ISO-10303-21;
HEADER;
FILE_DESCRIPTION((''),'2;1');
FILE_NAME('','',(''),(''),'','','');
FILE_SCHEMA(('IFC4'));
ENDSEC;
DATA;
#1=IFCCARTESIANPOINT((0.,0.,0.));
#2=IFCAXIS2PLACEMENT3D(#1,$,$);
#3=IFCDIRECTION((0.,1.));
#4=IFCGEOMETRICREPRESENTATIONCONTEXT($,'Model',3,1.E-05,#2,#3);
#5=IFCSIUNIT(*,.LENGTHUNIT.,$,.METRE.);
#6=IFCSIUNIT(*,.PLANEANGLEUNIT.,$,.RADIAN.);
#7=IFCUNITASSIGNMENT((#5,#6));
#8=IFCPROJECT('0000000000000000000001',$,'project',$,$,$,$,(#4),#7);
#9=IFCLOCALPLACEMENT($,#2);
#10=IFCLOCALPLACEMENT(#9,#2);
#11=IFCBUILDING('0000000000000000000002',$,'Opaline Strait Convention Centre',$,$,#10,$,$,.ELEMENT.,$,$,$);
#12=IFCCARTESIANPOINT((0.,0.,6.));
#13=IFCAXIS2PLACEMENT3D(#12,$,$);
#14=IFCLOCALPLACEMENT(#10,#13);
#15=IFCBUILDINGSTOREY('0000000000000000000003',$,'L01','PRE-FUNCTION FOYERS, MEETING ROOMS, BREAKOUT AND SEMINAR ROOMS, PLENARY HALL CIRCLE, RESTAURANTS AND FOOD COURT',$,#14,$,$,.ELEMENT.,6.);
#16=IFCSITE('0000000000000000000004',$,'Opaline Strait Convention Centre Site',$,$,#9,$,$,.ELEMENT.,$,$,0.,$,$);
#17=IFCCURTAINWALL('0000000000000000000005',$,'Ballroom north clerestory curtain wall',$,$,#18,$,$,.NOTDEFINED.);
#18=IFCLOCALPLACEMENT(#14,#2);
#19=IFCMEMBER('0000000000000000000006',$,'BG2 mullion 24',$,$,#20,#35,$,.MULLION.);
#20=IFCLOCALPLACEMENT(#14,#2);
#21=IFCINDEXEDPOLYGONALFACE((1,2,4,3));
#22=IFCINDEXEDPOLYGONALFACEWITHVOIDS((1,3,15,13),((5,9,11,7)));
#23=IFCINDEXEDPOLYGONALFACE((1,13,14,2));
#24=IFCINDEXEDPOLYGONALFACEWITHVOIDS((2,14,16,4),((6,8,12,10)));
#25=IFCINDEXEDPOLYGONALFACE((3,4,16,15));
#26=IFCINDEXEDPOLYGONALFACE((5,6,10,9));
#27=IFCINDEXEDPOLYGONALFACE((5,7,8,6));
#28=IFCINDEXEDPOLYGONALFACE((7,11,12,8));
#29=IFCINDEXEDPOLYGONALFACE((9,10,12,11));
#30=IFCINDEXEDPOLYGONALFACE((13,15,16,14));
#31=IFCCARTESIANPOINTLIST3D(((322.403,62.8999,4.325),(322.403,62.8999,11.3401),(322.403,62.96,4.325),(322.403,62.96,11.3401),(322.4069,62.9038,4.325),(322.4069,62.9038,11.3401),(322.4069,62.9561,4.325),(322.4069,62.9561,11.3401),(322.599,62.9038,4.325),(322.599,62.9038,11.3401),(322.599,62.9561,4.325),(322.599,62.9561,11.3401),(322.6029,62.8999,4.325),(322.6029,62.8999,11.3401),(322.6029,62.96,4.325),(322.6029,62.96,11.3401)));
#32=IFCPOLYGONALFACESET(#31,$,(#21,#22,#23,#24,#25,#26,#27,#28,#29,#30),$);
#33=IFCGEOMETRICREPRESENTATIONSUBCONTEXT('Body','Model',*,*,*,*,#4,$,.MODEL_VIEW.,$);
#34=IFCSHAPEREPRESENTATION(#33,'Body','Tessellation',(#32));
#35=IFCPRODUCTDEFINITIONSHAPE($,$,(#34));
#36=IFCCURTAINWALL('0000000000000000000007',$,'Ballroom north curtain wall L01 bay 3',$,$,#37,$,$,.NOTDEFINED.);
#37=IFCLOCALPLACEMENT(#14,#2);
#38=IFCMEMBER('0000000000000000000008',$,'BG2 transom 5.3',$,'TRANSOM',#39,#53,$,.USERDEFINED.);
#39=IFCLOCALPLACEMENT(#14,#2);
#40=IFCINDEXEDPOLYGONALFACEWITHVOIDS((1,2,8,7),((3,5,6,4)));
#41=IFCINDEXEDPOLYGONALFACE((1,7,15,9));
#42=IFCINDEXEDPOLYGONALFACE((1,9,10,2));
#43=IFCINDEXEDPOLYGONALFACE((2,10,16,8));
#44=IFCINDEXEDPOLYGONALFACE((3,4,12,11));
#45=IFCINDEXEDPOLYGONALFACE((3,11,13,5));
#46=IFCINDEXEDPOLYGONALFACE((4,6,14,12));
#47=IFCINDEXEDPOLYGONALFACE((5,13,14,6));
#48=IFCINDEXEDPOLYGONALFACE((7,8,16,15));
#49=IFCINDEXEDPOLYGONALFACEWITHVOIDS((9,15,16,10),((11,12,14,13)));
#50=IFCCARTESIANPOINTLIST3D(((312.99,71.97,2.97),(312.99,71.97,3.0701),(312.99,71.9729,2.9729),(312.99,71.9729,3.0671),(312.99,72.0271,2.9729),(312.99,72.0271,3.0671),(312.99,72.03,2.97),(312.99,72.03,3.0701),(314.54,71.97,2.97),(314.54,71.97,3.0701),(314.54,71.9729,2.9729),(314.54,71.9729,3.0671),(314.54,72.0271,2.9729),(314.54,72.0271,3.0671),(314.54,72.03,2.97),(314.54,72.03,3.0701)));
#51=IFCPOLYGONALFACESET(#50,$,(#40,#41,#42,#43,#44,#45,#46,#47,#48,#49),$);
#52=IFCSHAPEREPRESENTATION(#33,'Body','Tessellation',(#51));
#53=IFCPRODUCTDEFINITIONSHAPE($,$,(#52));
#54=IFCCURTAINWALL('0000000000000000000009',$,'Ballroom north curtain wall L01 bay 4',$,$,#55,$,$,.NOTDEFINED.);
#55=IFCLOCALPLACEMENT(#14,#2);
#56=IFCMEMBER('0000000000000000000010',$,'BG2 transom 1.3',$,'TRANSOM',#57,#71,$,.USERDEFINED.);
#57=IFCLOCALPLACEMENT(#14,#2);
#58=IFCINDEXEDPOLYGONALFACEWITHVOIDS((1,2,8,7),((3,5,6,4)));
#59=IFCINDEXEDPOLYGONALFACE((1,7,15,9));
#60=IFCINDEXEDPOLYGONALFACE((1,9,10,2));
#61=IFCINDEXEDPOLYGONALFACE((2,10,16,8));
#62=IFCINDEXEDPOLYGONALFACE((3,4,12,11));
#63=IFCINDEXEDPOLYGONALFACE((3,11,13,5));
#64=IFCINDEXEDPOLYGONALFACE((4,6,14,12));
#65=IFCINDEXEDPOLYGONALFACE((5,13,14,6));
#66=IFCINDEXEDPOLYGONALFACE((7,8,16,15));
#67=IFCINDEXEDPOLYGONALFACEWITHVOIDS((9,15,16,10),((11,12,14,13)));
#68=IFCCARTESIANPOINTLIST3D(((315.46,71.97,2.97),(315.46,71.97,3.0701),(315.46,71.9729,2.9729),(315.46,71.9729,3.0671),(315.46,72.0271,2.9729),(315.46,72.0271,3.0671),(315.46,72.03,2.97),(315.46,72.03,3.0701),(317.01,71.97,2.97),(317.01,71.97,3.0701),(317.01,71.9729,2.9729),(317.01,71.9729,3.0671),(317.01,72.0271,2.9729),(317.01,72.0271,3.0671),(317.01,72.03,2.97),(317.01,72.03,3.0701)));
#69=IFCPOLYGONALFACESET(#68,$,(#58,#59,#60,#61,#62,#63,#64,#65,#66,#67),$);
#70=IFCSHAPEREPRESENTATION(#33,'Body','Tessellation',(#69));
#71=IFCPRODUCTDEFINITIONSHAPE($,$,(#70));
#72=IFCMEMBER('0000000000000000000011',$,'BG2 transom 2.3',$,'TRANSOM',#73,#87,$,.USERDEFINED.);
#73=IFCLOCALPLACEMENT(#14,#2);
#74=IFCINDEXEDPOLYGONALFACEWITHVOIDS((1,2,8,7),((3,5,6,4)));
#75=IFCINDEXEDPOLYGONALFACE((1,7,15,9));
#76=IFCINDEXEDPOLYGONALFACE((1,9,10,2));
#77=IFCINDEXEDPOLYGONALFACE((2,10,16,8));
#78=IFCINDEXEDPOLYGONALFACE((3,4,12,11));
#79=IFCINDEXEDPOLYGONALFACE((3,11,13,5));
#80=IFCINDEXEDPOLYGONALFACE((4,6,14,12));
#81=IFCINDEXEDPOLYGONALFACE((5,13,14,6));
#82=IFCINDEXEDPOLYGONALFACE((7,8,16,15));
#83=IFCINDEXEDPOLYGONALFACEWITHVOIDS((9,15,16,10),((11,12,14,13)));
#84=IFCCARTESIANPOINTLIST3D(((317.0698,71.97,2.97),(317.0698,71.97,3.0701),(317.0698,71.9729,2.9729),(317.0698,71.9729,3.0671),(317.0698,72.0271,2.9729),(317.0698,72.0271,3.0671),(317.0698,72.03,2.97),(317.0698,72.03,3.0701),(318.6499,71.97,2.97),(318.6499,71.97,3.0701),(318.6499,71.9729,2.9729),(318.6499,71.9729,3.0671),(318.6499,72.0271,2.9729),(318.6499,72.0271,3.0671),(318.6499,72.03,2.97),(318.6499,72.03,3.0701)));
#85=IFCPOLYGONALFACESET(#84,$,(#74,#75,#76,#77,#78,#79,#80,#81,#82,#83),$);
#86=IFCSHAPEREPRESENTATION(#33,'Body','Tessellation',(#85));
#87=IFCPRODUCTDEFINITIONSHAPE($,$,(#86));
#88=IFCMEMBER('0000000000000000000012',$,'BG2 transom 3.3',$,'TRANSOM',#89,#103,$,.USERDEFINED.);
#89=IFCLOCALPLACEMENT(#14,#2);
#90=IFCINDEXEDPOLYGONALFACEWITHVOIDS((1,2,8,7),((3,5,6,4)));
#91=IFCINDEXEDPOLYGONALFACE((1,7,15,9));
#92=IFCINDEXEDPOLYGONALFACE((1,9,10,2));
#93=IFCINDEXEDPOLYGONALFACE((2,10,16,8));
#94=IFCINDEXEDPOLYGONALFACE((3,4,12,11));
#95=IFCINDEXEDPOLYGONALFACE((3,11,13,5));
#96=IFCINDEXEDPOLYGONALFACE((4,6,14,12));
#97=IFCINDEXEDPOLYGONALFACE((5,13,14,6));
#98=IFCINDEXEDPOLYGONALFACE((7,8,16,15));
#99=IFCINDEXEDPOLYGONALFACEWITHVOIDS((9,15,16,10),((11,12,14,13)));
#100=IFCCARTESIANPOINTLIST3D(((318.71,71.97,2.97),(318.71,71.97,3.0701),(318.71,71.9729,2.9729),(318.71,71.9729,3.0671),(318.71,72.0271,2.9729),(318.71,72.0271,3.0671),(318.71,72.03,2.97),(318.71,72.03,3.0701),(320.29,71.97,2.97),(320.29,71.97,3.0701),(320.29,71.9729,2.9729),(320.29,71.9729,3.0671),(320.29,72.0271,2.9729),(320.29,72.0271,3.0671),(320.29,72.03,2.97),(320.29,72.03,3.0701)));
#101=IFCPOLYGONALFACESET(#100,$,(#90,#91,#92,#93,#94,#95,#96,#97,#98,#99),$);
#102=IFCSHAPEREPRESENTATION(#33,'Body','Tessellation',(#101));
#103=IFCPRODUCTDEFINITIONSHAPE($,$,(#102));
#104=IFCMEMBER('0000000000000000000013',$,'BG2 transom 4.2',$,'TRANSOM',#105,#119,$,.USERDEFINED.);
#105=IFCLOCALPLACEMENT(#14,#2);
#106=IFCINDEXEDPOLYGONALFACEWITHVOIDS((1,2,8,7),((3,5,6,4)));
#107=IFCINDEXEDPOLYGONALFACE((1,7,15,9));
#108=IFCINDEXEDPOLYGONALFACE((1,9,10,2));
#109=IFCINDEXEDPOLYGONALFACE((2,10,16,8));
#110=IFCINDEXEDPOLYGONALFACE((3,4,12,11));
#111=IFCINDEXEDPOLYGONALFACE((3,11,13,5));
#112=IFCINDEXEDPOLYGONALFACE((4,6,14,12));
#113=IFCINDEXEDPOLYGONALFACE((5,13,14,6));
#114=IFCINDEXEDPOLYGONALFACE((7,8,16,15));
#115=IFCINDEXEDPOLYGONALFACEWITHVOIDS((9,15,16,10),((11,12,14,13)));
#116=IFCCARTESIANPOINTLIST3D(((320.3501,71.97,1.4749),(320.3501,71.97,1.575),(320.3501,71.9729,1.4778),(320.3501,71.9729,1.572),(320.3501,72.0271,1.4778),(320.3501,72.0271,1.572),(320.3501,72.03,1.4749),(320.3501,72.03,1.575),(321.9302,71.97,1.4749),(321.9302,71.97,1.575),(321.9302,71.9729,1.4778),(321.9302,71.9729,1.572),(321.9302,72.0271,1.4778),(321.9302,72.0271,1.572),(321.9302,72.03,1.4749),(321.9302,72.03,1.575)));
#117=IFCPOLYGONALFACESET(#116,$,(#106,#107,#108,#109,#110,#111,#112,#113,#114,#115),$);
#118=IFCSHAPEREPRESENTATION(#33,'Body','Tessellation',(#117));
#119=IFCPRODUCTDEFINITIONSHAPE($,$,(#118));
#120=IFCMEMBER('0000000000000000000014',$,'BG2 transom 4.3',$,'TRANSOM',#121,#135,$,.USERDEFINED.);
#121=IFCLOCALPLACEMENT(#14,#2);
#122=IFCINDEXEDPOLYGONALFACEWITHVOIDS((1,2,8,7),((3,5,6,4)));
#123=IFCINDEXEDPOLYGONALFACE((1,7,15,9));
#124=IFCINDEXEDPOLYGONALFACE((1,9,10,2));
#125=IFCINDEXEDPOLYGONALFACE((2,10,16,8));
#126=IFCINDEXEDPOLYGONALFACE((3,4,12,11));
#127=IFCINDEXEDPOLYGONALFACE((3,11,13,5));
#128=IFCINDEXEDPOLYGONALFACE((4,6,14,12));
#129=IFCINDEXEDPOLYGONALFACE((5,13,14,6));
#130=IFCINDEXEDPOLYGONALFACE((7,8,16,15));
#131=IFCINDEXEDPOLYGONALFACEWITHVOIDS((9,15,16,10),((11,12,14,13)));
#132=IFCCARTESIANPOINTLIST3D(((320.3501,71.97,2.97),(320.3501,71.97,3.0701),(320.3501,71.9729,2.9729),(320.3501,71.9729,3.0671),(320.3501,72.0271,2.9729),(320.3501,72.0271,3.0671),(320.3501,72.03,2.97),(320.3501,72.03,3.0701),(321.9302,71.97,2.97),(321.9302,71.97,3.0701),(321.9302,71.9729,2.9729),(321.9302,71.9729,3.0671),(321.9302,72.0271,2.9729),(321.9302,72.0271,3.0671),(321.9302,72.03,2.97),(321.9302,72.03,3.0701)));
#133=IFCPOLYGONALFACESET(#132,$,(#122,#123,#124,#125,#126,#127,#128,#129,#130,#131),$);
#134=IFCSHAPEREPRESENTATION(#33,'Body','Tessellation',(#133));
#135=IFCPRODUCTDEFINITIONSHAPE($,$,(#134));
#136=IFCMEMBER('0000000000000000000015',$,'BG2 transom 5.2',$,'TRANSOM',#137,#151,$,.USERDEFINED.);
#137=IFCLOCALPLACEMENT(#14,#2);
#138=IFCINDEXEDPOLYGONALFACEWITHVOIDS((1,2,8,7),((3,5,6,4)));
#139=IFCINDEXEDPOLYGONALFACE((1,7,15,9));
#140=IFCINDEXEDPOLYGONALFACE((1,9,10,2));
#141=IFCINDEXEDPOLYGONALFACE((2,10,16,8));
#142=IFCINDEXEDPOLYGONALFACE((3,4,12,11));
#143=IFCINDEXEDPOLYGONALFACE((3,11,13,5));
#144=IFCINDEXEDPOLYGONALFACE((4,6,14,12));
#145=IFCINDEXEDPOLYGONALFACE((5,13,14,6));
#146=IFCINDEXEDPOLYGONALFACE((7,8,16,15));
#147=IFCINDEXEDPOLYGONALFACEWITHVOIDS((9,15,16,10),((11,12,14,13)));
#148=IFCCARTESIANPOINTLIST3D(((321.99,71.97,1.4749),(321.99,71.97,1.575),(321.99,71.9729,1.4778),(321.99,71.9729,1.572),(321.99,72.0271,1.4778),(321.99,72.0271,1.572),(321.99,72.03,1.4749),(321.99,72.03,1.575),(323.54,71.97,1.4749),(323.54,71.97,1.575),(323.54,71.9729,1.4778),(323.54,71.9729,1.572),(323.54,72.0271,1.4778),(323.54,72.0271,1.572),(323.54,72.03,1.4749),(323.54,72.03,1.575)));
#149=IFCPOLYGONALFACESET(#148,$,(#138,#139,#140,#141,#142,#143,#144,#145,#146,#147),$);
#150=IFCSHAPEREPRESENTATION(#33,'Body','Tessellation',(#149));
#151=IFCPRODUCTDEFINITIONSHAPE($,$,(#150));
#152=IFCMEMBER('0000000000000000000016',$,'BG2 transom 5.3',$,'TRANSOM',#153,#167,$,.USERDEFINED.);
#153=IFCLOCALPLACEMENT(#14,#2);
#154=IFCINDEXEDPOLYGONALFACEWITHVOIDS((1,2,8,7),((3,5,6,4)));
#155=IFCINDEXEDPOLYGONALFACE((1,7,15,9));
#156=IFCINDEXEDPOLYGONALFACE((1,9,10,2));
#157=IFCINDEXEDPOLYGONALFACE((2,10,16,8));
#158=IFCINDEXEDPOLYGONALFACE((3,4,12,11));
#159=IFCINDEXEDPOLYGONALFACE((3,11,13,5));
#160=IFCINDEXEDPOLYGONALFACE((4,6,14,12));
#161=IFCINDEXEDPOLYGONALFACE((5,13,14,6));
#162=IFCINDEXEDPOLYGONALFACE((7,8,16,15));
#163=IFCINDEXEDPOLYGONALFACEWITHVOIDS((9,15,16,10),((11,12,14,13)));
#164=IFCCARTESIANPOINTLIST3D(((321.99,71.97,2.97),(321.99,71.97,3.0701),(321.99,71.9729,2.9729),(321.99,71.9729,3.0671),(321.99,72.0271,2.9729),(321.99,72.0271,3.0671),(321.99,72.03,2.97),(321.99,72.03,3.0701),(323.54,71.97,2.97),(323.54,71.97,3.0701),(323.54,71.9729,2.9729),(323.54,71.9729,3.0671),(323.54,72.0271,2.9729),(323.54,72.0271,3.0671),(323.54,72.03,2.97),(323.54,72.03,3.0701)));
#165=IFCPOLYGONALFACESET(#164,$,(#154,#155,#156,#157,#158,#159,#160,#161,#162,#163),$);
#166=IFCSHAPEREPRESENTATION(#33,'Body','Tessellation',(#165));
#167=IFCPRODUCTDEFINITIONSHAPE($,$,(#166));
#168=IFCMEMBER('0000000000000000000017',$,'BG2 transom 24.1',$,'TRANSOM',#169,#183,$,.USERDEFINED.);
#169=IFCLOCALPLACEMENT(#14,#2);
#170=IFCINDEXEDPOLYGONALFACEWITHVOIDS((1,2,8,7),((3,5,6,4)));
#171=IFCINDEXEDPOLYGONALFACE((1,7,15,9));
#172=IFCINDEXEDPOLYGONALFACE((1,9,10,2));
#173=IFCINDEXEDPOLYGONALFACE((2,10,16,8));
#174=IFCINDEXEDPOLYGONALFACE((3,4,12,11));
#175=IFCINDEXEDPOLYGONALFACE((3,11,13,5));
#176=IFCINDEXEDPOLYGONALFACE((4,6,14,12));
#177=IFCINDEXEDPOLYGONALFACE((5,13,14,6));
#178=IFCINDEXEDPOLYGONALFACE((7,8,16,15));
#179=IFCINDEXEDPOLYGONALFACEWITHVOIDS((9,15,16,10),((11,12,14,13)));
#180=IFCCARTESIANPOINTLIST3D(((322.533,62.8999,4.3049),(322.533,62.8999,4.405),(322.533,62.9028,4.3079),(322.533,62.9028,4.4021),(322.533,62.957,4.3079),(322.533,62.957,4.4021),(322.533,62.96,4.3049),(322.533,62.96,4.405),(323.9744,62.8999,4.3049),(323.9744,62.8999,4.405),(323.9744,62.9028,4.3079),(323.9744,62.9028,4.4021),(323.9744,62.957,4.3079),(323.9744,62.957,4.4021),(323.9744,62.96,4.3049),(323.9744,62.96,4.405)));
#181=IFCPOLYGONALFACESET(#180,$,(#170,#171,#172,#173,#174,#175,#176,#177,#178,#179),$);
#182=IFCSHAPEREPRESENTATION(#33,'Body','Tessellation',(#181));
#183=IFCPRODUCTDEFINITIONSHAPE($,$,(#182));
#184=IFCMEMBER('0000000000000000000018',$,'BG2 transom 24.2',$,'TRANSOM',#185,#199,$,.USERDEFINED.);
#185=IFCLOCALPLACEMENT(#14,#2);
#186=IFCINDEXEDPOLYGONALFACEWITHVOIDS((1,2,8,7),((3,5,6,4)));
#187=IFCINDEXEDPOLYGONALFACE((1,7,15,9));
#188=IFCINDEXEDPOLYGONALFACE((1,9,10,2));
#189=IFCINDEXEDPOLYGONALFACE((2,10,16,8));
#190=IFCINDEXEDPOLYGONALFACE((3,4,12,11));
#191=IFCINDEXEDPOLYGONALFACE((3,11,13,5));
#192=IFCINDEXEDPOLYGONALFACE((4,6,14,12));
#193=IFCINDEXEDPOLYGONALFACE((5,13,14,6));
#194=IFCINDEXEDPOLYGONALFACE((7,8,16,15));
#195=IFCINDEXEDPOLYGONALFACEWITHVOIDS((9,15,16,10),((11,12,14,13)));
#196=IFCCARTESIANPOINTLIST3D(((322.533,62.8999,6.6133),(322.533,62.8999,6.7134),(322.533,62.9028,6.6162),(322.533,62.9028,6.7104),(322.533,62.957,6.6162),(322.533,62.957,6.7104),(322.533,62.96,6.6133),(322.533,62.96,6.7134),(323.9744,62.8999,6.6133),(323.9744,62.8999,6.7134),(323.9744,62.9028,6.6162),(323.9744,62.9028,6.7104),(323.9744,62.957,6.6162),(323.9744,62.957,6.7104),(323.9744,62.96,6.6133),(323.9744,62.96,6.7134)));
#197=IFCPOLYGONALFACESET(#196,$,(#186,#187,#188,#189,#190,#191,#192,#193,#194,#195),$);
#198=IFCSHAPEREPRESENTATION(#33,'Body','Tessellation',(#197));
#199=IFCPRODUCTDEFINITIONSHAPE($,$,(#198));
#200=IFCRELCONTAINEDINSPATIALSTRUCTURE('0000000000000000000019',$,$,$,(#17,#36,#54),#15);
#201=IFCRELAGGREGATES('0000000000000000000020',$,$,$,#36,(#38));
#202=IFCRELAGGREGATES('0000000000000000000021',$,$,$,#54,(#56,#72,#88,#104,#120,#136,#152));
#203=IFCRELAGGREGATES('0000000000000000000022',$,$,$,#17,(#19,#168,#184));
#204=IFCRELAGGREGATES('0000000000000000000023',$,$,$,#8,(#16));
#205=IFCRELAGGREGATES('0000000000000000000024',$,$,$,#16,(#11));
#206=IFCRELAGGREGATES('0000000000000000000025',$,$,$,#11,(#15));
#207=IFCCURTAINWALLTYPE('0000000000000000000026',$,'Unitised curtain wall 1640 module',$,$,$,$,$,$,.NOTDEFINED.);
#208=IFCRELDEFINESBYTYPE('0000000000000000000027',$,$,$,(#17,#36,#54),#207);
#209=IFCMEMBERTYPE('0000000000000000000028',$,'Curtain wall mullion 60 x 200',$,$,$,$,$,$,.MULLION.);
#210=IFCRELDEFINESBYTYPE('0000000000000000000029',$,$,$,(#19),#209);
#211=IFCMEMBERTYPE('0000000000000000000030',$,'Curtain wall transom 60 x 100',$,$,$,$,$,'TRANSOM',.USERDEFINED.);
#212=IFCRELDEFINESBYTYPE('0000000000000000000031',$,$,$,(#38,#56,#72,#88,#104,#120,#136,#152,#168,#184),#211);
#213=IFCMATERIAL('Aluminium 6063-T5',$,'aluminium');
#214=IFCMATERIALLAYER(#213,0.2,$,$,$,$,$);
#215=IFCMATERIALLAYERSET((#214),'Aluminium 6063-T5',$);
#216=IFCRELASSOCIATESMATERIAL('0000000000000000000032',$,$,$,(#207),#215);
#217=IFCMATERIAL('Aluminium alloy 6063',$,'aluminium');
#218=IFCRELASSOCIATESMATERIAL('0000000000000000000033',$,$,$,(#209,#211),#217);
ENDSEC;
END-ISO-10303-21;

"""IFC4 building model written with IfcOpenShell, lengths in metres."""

from ifc_helpers import new_model, si_unit, direction, frame, origin, origin_2d, place, context, subcontext, project, spatial, hollow_rectangle, extrude, material, layer, layer_set, material_profile, profile_set, type_object, element, aggregate, save


model = new_model("IFC4")

# Units and contexts
model_context = context("Model", 3, precision=1e-05, world=origin(), true_north=direction((0.0, 1.0)))
body_context = subcontext(model_context, "Body", "Model", "MODEL_VIEW")
ifc_project = project(units=[si_unit("LENGTHUNIT", "METRE"), si_unit("PLANEANGLEUNIT", "RADIAN")], contexts=[model_context])

# Site, building, storey
site_placement = place(None, origin())
site = spatial("IfcSite", under=ifc_project, at=site_placement, Name="Opaline Strait Convention Centre Site", CompositionType="ELEMENT", RefElevation=0.0)
building_placement = place(site_placement, origin())
building = spatial("IfcBuilding", under=site, at=building_placement, Name="Opaline Strait Convention Centre", CompositionType="ELEMENT")
storey_placement = place(building_placement, frame((0.0, 0.0, 6.0)))
storey = spatial("IfcBuildingStorey", under=building, at=storey_placement, Name="L01", Description="PRE-FUNCTION FOYERS, MEETING ROOMS, BREAKOUT AND SEMINAR ROOMS, PLENARY HALL CIRCLE, RESTAURANTS AND FOOD COURT", CompositionType="ELEMENT", Elevation=6.0)

# Curtain walls, members
ifc_material_1 = material(Name="Aluminium 6063-T5", Category="aluminium")
ifc_layer_1 = layer(ifc_material_1, 0.2)
ifc_layer_set_1 = layer_set([ifc_layer_1], Name="Aluminium 6063-T5")
curtain_wall_type = type_object("IfcCurtainWallType", Name="Unitised curtain wall 1640 module", PredefinedType="NOTDEFINED", material=ifc_layer_set_1)
curtain_wall_1_placement = place(storey_placement, origin())
curtain_wall_1 = element("IfcCurtainWall", 1, at=curtain_wall_1_placement, inside=storey, type_object=curtain_wall_type, Name="Ballroom north clerestory curtain wall", PredefinedType="NOTDEFINED")
ifc_material_2 = material(Name="Aluminium alloy 6063", Category="aluminium")
ifc_material_profile_1 = material_profile(ifc_material_2, hollow_rectangle(XDim=0.0601, YDim=0.2, WallThickness=0.0039, at=origin_2d()), Name="MULLION 60x200x4")
ifc_profile_set_1 = profile_set([ifc_material_profile_1], Name="Aluminium alloy 6063")
member_type_1 = type_object("IfcMemberType", Name="Curtain wall mullion 60 x 200", PredefinedType="MULLION", material=ifc_profile_set_1)
member_1_placement = place(storey_placement, frame((322.5029, 62.9299, 4.325), z_axis=(0.0, 0.0, 1.0), x_axis=(0.0, 1.0, 0.0)))
member_1 = element("IfcMember", 2, at=member_1_placement, type_object=member_type_1, Name="BG2 mullion 24", PredefinedType="MULLION", context=body_context, shape_type="SweptSolid", body=[
    extrude(hollow_rectangle(XDim=0.0601, YDim=0.2, WallThickness=0.0039, at=origin_2d()), origin(), (0.0, 0.0, 1.0), 7.0151),
])
curtain_wall_2_placement = place(storey_placement, origin())
curtain_wall_2 = element("IfcCurtainWall", 3, at=curtain_wall_2_placement, inside=storey, type_object=curtain_wall_type, Name="Ballroom north curtain wall L01 bay 3", PredefinedType="NOTDEFINED")
ifc_material_profile_2 = material_profile(ifc_material_2, hollow_rectangle(XDim=0.0601, YDim=0.1001, WallThickness=0.0029, at=origin_2d()), Name="TRANSOM 60x100x3")
ifc_profile_set_2 = profile_set([ifc_material_profile_2], Name="Aluminium alloy 6063")
member_type_2 = type_object("IfcMemberType", Name="Curtain wall transom 60 x 100", ElementType="TRANSOM", PredefinedType="USERDEFINED", material=ifc_profile_set_2)
member_2_placement = place(storey_placement, frame((312.99, 72.0, 3.02), z_axis=(1.0, 0.0, 0.0), x_axis=(0.0, 1.0, 0.0)))
member_2 = element("IfcMember", 4, at=member_2_placement, type_object=member_type_2, Name="BG2 transom 5.3", ObjectType="TRANSOM", PredefinedType="USERDEFINED", context=body_context, shape_type="SweptSolid", body=[
    extrude(hollow_rectangle(XDim=0.0601, YDim=0.1001, WallThickness=0.0029, at=origin_2d()), origin(), (0.0, 0.0, 1.0), 1.55),
])

# Curtain wall, members
curtain_wall_3_placement = place(storey_placement, origin())
curtain_wall_3 = element("IfcCurtainWall", 5, at=curtain_wall_3_placement, inside=storey, type_object=curtain_wall_type, Name="Ballroom north curtain wall L01 bay 4", PredefinedType="NOTDEFINED")
member_3_placement = place(storey_placement, frame((315.46, 72.0, 3.02), z_axis=(1.0, 0.0, 0.0), x_axis=(0.0, 1.0, 0.0)))
member_3 = element("IfcMember", 6, at=member_3_placement, type_object=member_type_2, Name="BG2 transom 1.3", ObjectType="TRANSOM", PredefinedType="USERDEFINED", context=body_context, shape_type="SweptSolid", body=[
    extrude(hollow_rectangle(XDim=0.0601, YDim=0.1001, WallThickness=0.0029, at=origin_2d()), origin(), (0.0, 0.0, 1.0), 1.55),
])
member_4_placement = place(storey_placement, frame((317.0698, 72.0, 3.02), z_axis=(1.0, 0.0, 0.0), x_axis=(0.0, 1.0, 0.0)))
member_4 = element("IfcMember", 7, at=member_4_placement, type_object=member_type_2, Name="BG2 transom 2.3", ObjectType="TRANSOM", PredefinedType="USERDEFINED", context=body_context, shape_type="SweptSolid", body=[
    extrude(hollow_rectangle(XDim=0.0601, YDim=0.1001, WallThickness=0.0029, at=origin_2d()), origin(), (0.0, 0.0, 1.0), 1.5801),
])
member_5_placement = place(storey_placement, frame((318.71, 72.0, 3.02), z_axis=(1.0, 0.0, 0.0), x_axis=(0.0, 1.0, 0.0)))
member_5 = element("IfcMember", 8, at=member_5_placement, type_object=member_type_2, Name="BG2 transom 3.3", ObjectType="TRANSOM", PredefinedType="USERDEFINED", context=body_context, shape_type="SweptSolid", body=[
    extrude(hollow_rectangle(XDim=0.0601, YDim=0.1001, WallThickness=0.0029, at=origin_2d()), origin(), (0.0, 0.0, 1.0), 1.5801),
])
member_6_placement = place(storey_placement, frame((320.3501, 72.0, 1.5249), z_axis=(1.0, 0.0, 0.0), x_axis=(0.0, 1.0, 0.0)))
member_6 = element("IfcMember", 9, at=member_6_placement, type_object=member_type_2, Name="BG2 transom 4.2", ObjectType="TRANSOM", PredefinedType="USERDEFINED", context=body_context, shape_type="SweptSolid", body=[
    extrude(hollow_rectangle(XDim=0.0601, YDim=0.1001, WallThickness=0.0029, at=origin_2d()), origin(), (0.0, 0.0, 1.0), 1.5801),
])
member_7_placement = place(storey_placement, frame((320.3501, 72.0, 3.02), z_axis=(1.0, 0.0, 0.0), x_axis=(0.0, 1.0, 0.0)))
member_7 = element("IfcMember", 10, at=member_7_placement, type_object=member_type_2, Name="BG2 transom 4.3", ObjectType="TRANSOM", PredefinedType="USERDEFINED", context=body_context, shape_type="SweptSolid", body=[
    extrude(hollow_rectangle(XDim=0.0601, YDim=0.1001, WallThickness=0.0029, at=origin_2d()), origin(), (0.0, 0.0, 1.0), 1.5801),
])
member_8_placement = place(storey_placement, frame((321.99, 72.0, 1.5249), z_axis=(1.0, 0.0, 0.0), x_axis=(0.0, 1.0, 0.0)))
member_8 = element("IfcMember", 11, at=member_8_placement, type_object=member_type_2, Name="BG2 transom 5.2", ObjectType="TRANSOM", PredefinedType="USERDEFINED", context=body_context, shape_type="SweptSolid", body=[
    extrude(hollow_rectangle(XDim=0.0601, YDim=0.1001, WallThickness=0.0029, at=origin_2d()), origin(), (0.0, 0.0, 1.0), 1.55),
])
member_9_placement = place(storey_placement, frame((321.99, 72.0, 3.02), z_axis=(1.0, 0.0, 0.0), x_axis=(0.0, 1.0, 0.0)))
member_9 = element("IfcMember", 12, at=member_9_placement, type_object=member_type_2, Name="BG2 transom 5.3", ObjectType="TRANSOM", PredefinedType="USERDEFINED", context=body_context, shape_type="SweptSolid", body=[
    extrude(hollow_rectangle(XDim=0.0601, YDim=0.1001, WallThickness=0.0029, at=origin_2d()), origin(), (0.0, 0.0, 1.0), 1.55),
])

# Members
member_10_placement = place(storey_placement, frame((322.533, 62.9299, 4.355), z_axis=(1.0, 0.0, 0.0), x_axis=(0.0, 1.0, 0.0)))
member_10 = element("IfcMember", 13, at=member_10_placement, type_object=member_type_2, Name="BG2 transom 24.1", ObjectType="TRANSOM", PredefinedType="USERDEFINED", context=body_context, shape_type="SweptSolid", body=[
    extrude(hollow_rectangle(XDim=0.0601, YDim=0.1001, WallThickness=0.0029, at=origin_2d()), origin(), (0.0, 0.0, 1.0), 1.4414),
])
member_11_placement = place(storey_placement, frame((322.533, 62.9299, 6.6633), z_axis=(1.0, 0.0, 0.0), x_axis=(0.0, 1.0, 0.0)))
member_11 = element("IfcMember", 14, at=member_11_placement, type_object=member_type_2, Name="BG2 transom 24.2", ObjectType="TRANSOM", PredefinedType="USERDEFINED", context=body_context, shape_type="SweptSolid", body=[
    extrude(hollow_rectangle(XDim=0.0601, YDim=0.1001, WallThickness=0.0029, at=origin_2d()), origin(), (0.0, 0.0, 1.0), 1.4414),
])

aggregate(curtain_wall_2, [member_2])
aggregate(curtain_wall_3, [member_3, member_4, member_5, member_6, member_7, member_8, member_9])
aggregate(curtain_wall_1, [member_1, member_10, member_11])

save(model, "model.ifc")
